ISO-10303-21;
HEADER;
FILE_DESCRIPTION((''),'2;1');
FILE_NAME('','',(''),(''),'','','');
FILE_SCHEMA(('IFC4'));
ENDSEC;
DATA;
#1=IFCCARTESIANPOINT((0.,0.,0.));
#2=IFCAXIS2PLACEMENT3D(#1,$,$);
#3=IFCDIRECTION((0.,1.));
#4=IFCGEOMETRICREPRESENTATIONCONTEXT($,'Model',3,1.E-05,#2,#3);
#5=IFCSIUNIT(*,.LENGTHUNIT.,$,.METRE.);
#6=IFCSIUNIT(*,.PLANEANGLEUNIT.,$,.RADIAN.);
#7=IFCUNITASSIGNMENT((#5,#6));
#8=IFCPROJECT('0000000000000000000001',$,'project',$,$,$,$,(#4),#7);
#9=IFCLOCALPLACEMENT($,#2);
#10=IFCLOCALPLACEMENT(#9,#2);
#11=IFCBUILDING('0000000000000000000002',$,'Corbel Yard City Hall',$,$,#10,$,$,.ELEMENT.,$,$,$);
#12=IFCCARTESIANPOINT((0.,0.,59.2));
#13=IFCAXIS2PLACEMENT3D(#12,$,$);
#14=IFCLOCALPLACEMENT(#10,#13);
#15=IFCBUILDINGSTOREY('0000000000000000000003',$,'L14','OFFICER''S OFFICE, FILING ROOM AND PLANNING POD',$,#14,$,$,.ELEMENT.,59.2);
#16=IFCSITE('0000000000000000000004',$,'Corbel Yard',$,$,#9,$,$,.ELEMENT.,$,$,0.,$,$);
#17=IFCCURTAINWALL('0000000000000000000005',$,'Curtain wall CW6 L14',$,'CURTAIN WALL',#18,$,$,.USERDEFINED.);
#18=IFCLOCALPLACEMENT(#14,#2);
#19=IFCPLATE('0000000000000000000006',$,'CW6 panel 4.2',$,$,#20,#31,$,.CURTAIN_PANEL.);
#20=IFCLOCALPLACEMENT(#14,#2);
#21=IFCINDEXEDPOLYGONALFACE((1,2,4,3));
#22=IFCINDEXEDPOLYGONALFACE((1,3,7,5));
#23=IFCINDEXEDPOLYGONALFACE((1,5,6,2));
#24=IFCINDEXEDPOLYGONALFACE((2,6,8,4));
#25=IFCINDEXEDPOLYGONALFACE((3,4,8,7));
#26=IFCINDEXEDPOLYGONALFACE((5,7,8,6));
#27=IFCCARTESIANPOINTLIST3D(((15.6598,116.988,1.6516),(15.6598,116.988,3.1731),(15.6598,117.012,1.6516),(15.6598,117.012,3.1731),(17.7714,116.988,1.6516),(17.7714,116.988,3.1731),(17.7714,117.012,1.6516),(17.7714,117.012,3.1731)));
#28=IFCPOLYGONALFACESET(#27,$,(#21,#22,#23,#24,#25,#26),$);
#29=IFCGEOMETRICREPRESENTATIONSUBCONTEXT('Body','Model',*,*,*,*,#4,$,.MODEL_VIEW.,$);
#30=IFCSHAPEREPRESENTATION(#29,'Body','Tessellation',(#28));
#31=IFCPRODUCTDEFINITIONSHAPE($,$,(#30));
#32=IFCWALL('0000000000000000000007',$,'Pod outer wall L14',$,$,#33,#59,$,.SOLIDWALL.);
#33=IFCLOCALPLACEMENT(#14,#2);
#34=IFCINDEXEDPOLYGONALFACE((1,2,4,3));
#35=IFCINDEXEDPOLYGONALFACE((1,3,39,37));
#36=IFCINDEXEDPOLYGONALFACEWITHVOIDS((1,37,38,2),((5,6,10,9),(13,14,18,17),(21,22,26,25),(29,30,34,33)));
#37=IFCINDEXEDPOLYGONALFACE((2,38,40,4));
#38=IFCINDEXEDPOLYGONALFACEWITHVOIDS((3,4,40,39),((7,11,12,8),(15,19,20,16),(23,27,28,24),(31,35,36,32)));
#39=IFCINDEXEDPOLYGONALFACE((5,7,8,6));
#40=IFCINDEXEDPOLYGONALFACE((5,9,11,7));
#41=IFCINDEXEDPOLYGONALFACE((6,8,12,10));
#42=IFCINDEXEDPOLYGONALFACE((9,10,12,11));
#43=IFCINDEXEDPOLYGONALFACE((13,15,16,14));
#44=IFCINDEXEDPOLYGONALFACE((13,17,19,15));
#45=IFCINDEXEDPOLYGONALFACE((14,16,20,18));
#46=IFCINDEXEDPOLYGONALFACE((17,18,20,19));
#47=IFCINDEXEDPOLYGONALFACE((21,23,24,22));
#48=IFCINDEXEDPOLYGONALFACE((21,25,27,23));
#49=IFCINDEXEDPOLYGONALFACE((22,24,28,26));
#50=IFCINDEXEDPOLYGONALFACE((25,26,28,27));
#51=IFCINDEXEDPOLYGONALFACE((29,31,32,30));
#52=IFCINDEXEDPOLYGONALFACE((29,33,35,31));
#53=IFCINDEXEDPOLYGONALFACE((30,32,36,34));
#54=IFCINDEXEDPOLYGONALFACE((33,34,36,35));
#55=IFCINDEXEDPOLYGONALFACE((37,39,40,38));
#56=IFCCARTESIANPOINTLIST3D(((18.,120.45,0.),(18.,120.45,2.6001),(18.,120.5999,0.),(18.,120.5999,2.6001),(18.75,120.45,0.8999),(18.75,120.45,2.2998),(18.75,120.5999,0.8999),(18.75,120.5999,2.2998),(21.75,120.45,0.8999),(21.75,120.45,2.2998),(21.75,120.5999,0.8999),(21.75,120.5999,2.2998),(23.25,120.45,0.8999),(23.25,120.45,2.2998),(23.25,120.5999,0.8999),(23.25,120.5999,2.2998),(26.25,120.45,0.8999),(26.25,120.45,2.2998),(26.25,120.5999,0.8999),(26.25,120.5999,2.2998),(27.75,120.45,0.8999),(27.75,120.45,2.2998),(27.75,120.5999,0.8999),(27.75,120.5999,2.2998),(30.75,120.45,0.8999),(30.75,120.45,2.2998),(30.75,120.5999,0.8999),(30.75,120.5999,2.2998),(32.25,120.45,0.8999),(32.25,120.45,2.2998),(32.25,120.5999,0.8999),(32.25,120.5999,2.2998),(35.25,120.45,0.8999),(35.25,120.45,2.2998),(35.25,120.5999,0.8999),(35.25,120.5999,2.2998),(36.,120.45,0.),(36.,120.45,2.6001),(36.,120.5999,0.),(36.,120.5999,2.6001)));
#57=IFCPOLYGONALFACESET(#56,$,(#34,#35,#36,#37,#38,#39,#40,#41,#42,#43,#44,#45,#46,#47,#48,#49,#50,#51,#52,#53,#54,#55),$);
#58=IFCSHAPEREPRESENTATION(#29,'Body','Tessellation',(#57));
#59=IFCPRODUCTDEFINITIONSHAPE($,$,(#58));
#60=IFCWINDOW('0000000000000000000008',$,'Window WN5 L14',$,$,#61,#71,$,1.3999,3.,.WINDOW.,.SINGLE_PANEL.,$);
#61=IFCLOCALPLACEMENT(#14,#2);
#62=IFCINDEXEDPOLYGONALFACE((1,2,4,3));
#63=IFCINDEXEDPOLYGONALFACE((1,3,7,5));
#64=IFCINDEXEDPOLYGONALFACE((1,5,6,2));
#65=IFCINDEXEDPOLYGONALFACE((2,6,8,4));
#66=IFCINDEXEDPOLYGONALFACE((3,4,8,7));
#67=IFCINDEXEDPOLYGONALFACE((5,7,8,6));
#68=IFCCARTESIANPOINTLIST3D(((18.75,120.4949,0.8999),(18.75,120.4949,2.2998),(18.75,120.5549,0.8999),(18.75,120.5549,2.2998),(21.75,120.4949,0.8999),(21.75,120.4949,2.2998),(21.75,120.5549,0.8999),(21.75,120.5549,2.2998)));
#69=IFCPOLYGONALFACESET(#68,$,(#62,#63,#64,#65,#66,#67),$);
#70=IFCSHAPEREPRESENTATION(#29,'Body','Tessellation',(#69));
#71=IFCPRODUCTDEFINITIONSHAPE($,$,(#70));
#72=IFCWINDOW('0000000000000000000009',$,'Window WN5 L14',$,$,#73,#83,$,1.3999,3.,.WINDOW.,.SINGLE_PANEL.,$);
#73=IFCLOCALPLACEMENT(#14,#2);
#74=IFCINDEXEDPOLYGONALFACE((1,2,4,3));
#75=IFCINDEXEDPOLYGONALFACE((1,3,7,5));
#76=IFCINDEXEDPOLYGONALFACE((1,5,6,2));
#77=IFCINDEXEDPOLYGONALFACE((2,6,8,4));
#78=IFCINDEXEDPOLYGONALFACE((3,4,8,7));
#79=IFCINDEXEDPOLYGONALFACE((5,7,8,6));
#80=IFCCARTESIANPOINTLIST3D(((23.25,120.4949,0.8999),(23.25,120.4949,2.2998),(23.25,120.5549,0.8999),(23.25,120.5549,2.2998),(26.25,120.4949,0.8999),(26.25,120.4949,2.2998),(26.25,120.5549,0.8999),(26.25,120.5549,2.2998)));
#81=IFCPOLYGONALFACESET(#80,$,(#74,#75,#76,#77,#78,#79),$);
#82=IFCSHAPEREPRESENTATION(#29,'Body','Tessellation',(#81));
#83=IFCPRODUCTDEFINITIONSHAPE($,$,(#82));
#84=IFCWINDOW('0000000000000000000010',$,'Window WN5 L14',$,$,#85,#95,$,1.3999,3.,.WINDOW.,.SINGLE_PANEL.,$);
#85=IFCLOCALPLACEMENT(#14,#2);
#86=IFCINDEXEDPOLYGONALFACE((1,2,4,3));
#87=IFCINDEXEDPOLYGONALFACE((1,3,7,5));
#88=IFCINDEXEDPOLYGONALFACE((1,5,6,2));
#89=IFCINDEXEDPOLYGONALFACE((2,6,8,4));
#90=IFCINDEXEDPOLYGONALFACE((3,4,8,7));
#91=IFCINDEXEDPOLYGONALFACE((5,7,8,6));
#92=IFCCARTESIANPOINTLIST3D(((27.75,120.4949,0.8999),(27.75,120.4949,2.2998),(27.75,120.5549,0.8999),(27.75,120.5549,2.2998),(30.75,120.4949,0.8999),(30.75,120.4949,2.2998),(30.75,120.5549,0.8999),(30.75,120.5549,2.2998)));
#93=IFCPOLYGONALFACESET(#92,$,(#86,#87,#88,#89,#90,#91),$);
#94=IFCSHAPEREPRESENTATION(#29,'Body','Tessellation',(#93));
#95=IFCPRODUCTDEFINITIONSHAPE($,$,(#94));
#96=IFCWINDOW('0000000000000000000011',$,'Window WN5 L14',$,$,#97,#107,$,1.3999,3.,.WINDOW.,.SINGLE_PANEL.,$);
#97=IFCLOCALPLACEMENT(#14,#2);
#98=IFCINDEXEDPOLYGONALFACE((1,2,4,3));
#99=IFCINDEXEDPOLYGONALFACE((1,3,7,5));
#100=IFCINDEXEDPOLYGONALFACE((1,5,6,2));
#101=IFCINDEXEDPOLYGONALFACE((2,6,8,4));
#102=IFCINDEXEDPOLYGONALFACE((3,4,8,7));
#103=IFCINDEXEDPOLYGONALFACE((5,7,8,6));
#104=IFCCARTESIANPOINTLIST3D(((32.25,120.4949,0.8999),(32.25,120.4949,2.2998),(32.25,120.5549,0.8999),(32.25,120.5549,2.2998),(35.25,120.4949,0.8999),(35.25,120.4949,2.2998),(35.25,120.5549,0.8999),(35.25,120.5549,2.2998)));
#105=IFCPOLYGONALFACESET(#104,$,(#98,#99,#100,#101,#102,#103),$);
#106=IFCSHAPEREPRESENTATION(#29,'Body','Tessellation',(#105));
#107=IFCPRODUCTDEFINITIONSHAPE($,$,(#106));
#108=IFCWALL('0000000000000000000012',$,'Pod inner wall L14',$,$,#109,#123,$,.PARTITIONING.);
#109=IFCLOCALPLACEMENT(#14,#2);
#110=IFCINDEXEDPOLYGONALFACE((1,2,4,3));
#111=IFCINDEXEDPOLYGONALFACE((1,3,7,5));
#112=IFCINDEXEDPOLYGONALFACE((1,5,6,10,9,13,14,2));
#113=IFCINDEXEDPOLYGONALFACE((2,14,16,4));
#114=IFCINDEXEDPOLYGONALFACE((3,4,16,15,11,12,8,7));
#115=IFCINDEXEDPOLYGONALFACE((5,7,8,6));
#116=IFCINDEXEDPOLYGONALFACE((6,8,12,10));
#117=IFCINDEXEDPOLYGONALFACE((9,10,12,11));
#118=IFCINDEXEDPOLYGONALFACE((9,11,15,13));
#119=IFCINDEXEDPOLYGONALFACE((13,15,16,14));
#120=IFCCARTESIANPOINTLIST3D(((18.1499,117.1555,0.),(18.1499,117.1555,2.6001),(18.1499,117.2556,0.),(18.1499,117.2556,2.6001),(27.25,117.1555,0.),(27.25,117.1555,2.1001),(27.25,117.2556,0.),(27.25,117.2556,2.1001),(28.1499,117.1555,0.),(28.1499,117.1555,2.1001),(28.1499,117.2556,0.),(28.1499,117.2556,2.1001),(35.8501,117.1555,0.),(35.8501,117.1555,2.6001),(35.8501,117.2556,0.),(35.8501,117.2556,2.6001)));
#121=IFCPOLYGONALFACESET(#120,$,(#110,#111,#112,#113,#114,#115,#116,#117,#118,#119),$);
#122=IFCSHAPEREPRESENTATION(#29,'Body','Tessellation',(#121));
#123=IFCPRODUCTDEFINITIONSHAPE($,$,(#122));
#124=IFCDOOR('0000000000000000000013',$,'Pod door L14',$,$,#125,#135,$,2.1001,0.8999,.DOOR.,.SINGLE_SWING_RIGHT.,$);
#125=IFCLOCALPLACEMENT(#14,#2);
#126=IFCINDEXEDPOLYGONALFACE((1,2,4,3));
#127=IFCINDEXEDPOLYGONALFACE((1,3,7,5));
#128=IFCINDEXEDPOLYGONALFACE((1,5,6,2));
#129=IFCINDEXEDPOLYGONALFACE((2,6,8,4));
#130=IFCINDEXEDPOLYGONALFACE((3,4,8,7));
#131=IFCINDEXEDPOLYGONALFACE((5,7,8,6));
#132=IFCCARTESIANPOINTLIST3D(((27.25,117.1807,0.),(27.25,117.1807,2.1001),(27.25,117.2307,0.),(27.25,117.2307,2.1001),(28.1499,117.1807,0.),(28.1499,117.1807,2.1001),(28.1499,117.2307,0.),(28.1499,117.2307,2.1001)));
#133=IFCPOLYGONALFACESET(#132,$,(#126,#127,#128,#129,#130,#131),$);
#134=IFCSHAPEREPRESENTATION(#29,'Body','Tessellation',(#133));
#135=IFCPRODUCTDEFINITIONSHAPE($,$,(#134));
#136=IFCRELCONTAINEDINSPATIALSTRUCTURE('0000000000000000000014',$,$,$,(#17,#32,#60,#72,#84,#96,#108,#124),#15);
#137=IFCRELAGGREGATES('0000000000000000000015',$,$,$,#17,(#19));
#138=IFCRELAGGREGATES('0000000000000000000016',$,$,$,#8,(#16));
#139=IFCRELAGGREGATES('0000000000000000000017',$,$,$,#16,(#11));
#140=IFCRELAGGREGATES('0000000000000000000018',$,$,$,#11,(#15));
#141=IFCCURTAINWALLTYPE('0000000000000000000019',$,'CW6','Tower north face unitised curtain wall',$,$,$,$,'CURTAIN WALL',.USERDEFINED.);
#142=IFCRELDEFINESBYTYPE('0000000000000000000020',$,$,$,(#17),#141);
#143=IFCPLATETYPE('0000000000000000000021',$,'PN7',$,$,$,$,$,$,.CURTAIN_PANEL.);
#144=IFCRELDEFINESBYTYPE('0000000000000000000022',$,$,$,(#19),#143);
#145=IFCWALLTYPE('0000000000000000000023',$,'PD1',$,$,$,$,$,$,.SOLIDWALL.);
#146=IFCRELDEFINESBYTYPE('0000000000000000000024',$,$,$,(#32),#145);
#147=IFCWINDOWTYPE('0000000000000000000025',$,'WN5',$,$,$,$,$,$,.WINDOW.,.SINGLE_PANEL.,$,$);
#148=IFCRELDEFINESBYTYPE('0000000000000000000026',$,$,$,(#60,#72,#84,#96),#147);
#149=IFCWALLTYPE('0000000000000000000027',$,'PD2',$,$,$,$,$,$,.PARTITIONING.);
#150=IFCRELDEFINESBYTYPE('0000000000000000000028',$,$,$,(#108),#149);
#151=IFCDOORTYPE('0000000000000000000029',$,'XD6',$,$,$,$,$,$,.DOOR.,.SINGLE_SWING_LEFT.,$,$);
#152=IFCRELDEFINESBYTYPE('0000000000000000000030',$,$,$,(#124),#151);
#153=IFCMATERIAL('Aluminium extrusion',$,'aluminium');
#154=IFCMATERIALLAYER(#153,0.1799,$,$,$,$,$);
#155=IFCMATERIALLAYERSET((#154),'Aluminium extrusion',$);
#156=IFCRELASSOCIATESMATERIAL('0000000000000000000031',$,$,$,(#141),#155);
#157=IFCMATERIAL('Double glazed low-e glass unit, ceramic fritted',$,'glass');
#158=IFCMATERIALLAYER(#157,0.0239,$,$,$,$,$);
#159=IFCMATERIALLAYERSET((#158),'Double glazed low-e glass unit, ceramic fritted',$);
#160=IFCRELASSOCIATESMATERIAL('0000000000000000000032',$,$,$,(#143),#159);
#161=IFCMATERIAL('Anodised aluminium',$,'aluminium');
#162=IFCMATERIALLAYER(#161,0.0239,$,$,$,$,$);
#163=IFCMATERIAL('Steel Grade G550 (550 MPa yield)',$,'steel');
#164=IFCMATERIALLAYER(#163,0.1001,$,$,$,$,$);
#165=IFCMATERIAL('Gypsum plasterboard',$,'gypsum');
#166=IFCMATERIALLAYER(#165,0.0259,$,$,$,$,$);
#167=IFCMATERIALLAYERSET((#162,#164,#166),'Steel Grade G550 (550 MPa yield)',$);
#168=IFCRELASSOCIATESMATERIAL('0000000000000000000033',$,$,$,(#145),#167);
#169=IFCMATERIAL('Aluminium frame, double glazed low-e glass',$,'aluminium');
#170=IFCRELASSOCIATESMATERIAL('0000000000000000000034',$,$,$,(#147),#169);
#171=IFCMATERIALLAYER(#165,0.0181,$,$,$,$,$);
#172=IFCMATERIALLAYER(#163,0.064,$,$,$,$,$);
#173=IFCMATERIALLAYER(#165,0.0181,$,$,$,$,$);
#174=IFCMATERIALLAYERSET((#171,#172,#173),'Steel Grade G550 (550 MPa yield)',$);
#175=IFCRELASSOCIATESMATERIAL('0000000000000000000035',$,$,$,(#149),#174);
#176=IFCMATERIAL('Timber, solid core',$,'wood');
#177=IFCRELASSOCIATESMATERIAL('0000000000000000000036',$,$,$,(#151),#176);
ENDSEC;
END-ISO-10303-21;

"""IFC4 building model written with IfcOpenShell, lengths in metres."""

from ifc_helpers import new_model, si_unit, direction, frame, frame_2d, origin, origin_2d, place, context, subcontext, project, spatial, rectangle, extrude, material, layer, layer_set, type_object, element, fill, aggregate, save


model = new_model("IFC4")

# Units and contexts
model_context = context("Model", 3, precision=1e-05, world=origin(), true_north=direction((0.0, 1.0)))
body_context = subcontext(model_context, "Body", "Model", "MODEL_VIEW")
ifc_project = project(units=[si_unit("LENGTHUNIT", "METRE"), si_unit("PLANEANGLEUNIT", "RADIAN")], contexts=[model_context])

# Site, building, storey
site_placement = place(None, origin())
site = spatial("IfcSite", under=ifc_project, at=site_placement, Name="Corbel Yard", CompositionType="ELEMENT", RefElevation=0.0)
building_placement = place(site_placement, origin())
building = spatial("IfcBuilding", under=site, at=building_placement, Name="Corbel Yard City Hall", CompositionType="ELEMENT")
storey_placement = place(building_placement, frame((0.0, 0.0, 59.2)))
storey = spatial("IfcBuildingStorey", under=building, at=storey_placement, Name="L14", Description="OFFICER'S OFFICE, FILING ROOM AND PLANNING POD", CompositionType="ELEMENT", Elevation=59.2)

# Curtain wall
ifc_material_1 = material(Name="Aluminium extrusion", Category="aluminium")
ifc_layer_1 = layer(ifc_material_1, 0.1799)
ifc_layer_set_1 = layer_set([ifc_layer_1], Name="Aluminium extrusion")
curtain_wall_type = type_object("IfcCurtainWallType", Name="CW6", Description="Tower north face unitised curtain wall", ElementType="CURTAIN WALL", PredefinedType="USERDEFINED", material=ifc_layer_set_1)
curtain_wall_placement = place(storey_placement, origin())
curtain_wall = element("IfcCurtainWall", 1, at=curtain_wall_placement, inside=storey, type_object=curtain_wall_type, Name="Curtain wall CW6 L14", ObjectType="CURTAIN WALL", PredefinedType="USERDEFINED")

# Plate
ifc_material_2 = material(Name="Double glazed low-e glass unit, ceramic fritted", Category="glass")
ifc_layer_2 = layer(ifc_material_2, 0.0239)
ifc_layer_set_2 = layer_set([ifc_layer_2], Name="Double glazed low-e glass unit, ceramic fritted")
plate_type = type_object("IfcPlateType", Name="PN7", PredefinedType="CURTAIN_PANEL", material=ifc_layer_set_2)
plate_1_placement = place(storey_placement, frame((16.7156, 117.0, 1.6516), z_axis=(0.0, 0.0, 1.0), x_axis=(1.0, 0.0, 0.0)))
plate_1 = element("IfcPlate", 2, at=plate_1_placement, type_object=plate_type, Name="CW6 panel 4.2", PredefinedType="CURTAIN_PANEL", context=body_context, shape_type="SweptSolid", body=[
    extrude(rectangle(XDim=2.1116, YDim=0.0239, at=origin_2d()), origin(), (0.0, 0.0, 1.0), 1.5215),
])
aggregate(curtain_wall, [plate_1])

# Wall, openings, windows
ifc_material_3 = material(Name="Anodised aluminium", Category="aluminium")
ifc_layer_3 = layer(ifc_material_3, 0.0239)
ifc_material_4 = material(Name="Steel Grade G550 (550 MPa yield)", Category="steel")
ifc_layer_4 = layer(ifc_material_4, 0.1001)
ifc_material_5 = material(Name="Gypsum plasterboard", Category="gypsum")
ifc_layer_5 = layer(ifc_material_5, 0.0259)
ifc_layer_set_3 = layer_set([ifc_layer_3, ifc_layer_4, ifc_layer_5], Name="Steel Grade G550 (550 MPa yield)")
wall_type_1 = type_object("IfcWallType", Name="PD1", PredefinedType="SOLIDWALL", material=ifc_layer_set_3)
wall_1_placement = place(storey_placement, frame((18.0, 120.5249, 0.0), z_axis=(0.0, 0.0, 1.0), x_axis=(1.0, 0.0, 0.0)))
wall_1 = element("IfcWall", 3, at=wall_1_placement, inside=storey, type_object=wall_type_1, Name="Pod outer wall L14", PredefinedType="SOLIDWALL", context=body_context, shape_type="SweptSolid", body=[
    extrude(rectangle(XDim=18.0, YDim=0.1499, at=frame_2d((9.0, 0.0))), origin(), (0.0, 0.0, 1.0), 2.6001),
])
opening_1_placement = place(wall_1_placement, frame((0.75, 0.0, 0.8999)))
opening_1 = element("IfcOpeningElement", 4, at=opening_1_placement, cuts=wall_1, PredefinedType="OPENING", context=body_context, shape_type="SweptSolid", body=[
    extrude(rectangle(XDim=3.0, YDim=1.3999, at=frame_2d((1.5, 0.7))), frame((0.0, 0.085, 0.0), z_axis=(0.0, -1.0, 0.0), x_axis=(1.0, 0.0, 0.0)), (0.0, 0.0, 1.0), 0.1699),
])
opening_2_placement = place(wall_1_placement, frame((5.25, 0.0, 0.8999)))
opening_2 = element("IfcOpeningElement", 5, at=opening_2_placement, cuts=wall_1, PredefinedType="OPENING", context=body_context, shape_type="SweptSolid", body=[
    extrude(rectangle(XDim=3.0, YDim=1.3999, at=frame_2d((1.5, 0.7))), frame((0.0, 0.085, 0.0), z_axis=(0.0, -1.0, 0.0), x_axis=(1.0, 0.0, 0.0)), (0.0, 0.0, 1.0), 0.1699),
])
opening_3_placement = place(wall_1_placement, frame((9.75, 0.0, 0.8999)))
opening_3 = element("IfcOpeningElement", 6, at=opening_3_placement, cuts=wall_1, PredefinedType="OPENING", context=body_context, shape_type="SweptSolid", body=[
    extrude(rectangle(XDim=3.0, YDim=1.3999, at=frame_2d((1.5, 0.7))), frame((0.0, 0.085, 0.0), z_axis=(0.0, -1.0, 0.0), x_axis=(1.0, 0.0, 0.0)), (0.0, 0.0, 1.0), 0.1699),
])
opening_4_placement = place(wall_1_placement, frame((14.25, 0.0, 0.8999)))
opening_4 = element("IfcOpeningElement", 7, at=opening_4_placement, cuts=wall_1, PredefinedType="OPENING", context=body_context, shape_type="SweptSolid", body=[
    extrude(rectangle(XDim=3.0, YDim=1.3999, at=frame_2d((1.5, 0.7))), frame((0.0, 0.085, 0.0), z_axis=(0.0, -1.0, 0.0), x_axis=(1.0, 0.0, 0.0)), (0.0, 0.0, 1.0), 0.1699),
])
ifc_material_6 = material(Name="Aluminium frame, double glazed low-e glass", Category="aluminium")
window_type_1 = type_object("IfcWindowType", Name="WN5", PartitioningType="SINGLE_PANEL", PredefinedType="WINDOW", material=ifc_material_6)
window_1_placement = place(opening_1_placement, origin())
window_1 = element("IfcWindow", 8, at=window_1_placement, inside=storey, type_object=window_type_1, Name="Window WN5 L14", OverallHeight=1.3999, OverallWidth=3.0, PartitioningType="SINGLE_PANEL", PredefinedType="WINDOW", context=body_context, shape_type="SweptSolid", body=[
    extrude(rectangle(XDim=3.0, YDim=1.3999, at=frame_2d((1.5, 0.7))), frame((0.0, 0.03, 0.0), z_axis=(0.0, -1.0, 0.0), x_axis=(1.0, 0.0, 0.0)), (0.0, 0.0, 1.0), 0.0601),
])
fill(opening_1, window_1)
window_2_placement = place(opening_2_placement, origin())
window_2 = element("IfcWindow", 9, at=window_2_placement, inside=storey, type_object=window_type_1, Name="Window WN5 L14", OverallHeight=1.3999, OverallWidth=3.0, PartitioningType="SINGLE_PANEL", PredefinedType="WINDOW", context=body_context, shape_type="SweptSolid", body=[
    extrude(rectangle(XDim=3.0, YDim=1.3999, at=frame_2d((1.5, 0.7))), frame((0.0, 0.03, 0.0), z_axis=(0.0, -1.0, 0.0), x_axis=(1.0, 0.0, 0.0)), (0.0, 0.0, 1.0), 0.0601),
])
fill(opening_2, window_2)
window_3_placement = place(opening_3_placement, origin())
window_3 = element("IfcWindow", 10, at=window_3_placement, inside=storey, type_object=window_type_1, Name="Window WN5 L14", OverallHeight=1.3999, OverallWidth=3.0, PartitioningType="SINGLE_PANEL", PredefinedType="WINDOW", context=body_context, shape_type="SweptSolid", body=[
    extrude(rectangle(XDim=3.0, YDim=1.3999, at=frame_2d((1.5, 0.7))), frame((0.0, 0.03, 0.0), z_axis=(0.0, -1.0, 0.0), x_axis=(1.0, 0.0, 0.0)), (0.0, 0.0, 1.0), 0.0601),
])
fill(opening_3, window_3)
window_4_placement = place(opening_4_placement, origin())
window_4 = element("IfcWindow", 11, at=window_4_placement, inside=storey, type_object=window_type_1, Name="Window WN5 L14", OverallHeight=1.3999, OverallWidth=3.0, PartitioningType="SINGLE_PANEL", PredefinedType="WINDOW", context=body_context, shape_type="SweptSolid", body=[
    extrude(rectangle(XDim=3.0, YDim=1.3999, at=frame_2d((1.5, 0.7))), frame((0.0, 0.03, 0.0), z_axis=(0.0, -1.0, 0.0), x_axis=(1.0, 0.0, 0.0)), (0.0, 0.0, 1.0), 0.0601),
])
fill(opening_4, window_4)

# Wall, opening, door
ifc_layer_6 = layer(ifc_material_5, 0.0181)
ifc_layer_7 = layer(ifc_material_4, 0.064)
ifc_layer_8 = layer(ifc_material_5, 0.0181)
ifc_layer_set_4 = layer_set([ifc_layer_6, ifc_layer_7, ifc_layer_8], Name="Steel Grade G550 (550 MPa yield)")
wall_type_2 = type_object("IfcWallType", Name="PD2", PredefinedType="PARTITIONING", material=ifc_layer_set_4)
wall_2_placement = place(storey_placement, frame((18.1499, 117.2056, 0.0), z_axis=(0.0, 0.0, 1.0), x_axis=(1.0, 0.0, 0.0)))
wall_2 = element("IfcWall", 12, at=wall_2_placement, inside=storey, type_object=wall_type_2, Name="Pod inner wall L14", PredefinedType="PARTITIONING", context=body_context, shape_type="SweptSolid", body=[
    extrude(rectangle(XDim=17.7002, YDim=0.1001, at=frame_2d((8.8501, 0.0))), origin(), (0.0, 0.0, 1.0), 2.6001),
])
opening_5_placement = place(wall_2_placement, frame((9.1001, 0.0, 0.0)))
opening_5 = element("IfcOpeningElement", 13, at=opening_5_placement, cuts=wall_2, PredefinedType="OPENING", context=body_context, shape_type="SweptSolid", body=[
    extrude(rectangle(XDim=0.8999, YDim=2.1001, at=frame_2d((0.45, 1.05))), frame((0.0, 0.0601, 0.0), z_axis=(0.0, -1.0, 0.0), x_axis=(1.0, 0.0, 0.0)), (0.0, 0.0, 1.0), 0.1201),
])
ifc_material_7 = material(Name="Timber, solid core", Category="wood")
door_type = type_object("IfcDoorType", Name="XD6", OperationType="SINGLE_SWING_LEFT", PredefinedType="DOOR", material=ifc_material_7)
door_placement = place(opening_5_placement, frame((0.8999, 0.0, 0.0), z_axis=(0.0, 0.0, 1.0), x_axis=(-1.0, 0.0, 0.0)))
door = element("IfcDoor", 14, at=door_placement, inside=storey, type_object=door_type, Name="Pod door L14", OperationType="SINGLE_SWING_RIGHT", OverallHeight=2.1001, OverallWidth=0.8999, PredefinedType="DOOR", context=body_context, shape_type="SweptSolid", body=[
    extrude(rectangle(XDim=0.8999, YDim=2.1001, at=frame_2d((0.45, 1.05))), frame((0.0, 0.0249, 0.0), z_axis=(0.0, -1.0, 0.0), x_axis=(1.0, 0.0, 0.0)), (0.0, 0.0, 1.0), 0.05),
])
fill(opening_5, door)

save(model, "model.ifc")
